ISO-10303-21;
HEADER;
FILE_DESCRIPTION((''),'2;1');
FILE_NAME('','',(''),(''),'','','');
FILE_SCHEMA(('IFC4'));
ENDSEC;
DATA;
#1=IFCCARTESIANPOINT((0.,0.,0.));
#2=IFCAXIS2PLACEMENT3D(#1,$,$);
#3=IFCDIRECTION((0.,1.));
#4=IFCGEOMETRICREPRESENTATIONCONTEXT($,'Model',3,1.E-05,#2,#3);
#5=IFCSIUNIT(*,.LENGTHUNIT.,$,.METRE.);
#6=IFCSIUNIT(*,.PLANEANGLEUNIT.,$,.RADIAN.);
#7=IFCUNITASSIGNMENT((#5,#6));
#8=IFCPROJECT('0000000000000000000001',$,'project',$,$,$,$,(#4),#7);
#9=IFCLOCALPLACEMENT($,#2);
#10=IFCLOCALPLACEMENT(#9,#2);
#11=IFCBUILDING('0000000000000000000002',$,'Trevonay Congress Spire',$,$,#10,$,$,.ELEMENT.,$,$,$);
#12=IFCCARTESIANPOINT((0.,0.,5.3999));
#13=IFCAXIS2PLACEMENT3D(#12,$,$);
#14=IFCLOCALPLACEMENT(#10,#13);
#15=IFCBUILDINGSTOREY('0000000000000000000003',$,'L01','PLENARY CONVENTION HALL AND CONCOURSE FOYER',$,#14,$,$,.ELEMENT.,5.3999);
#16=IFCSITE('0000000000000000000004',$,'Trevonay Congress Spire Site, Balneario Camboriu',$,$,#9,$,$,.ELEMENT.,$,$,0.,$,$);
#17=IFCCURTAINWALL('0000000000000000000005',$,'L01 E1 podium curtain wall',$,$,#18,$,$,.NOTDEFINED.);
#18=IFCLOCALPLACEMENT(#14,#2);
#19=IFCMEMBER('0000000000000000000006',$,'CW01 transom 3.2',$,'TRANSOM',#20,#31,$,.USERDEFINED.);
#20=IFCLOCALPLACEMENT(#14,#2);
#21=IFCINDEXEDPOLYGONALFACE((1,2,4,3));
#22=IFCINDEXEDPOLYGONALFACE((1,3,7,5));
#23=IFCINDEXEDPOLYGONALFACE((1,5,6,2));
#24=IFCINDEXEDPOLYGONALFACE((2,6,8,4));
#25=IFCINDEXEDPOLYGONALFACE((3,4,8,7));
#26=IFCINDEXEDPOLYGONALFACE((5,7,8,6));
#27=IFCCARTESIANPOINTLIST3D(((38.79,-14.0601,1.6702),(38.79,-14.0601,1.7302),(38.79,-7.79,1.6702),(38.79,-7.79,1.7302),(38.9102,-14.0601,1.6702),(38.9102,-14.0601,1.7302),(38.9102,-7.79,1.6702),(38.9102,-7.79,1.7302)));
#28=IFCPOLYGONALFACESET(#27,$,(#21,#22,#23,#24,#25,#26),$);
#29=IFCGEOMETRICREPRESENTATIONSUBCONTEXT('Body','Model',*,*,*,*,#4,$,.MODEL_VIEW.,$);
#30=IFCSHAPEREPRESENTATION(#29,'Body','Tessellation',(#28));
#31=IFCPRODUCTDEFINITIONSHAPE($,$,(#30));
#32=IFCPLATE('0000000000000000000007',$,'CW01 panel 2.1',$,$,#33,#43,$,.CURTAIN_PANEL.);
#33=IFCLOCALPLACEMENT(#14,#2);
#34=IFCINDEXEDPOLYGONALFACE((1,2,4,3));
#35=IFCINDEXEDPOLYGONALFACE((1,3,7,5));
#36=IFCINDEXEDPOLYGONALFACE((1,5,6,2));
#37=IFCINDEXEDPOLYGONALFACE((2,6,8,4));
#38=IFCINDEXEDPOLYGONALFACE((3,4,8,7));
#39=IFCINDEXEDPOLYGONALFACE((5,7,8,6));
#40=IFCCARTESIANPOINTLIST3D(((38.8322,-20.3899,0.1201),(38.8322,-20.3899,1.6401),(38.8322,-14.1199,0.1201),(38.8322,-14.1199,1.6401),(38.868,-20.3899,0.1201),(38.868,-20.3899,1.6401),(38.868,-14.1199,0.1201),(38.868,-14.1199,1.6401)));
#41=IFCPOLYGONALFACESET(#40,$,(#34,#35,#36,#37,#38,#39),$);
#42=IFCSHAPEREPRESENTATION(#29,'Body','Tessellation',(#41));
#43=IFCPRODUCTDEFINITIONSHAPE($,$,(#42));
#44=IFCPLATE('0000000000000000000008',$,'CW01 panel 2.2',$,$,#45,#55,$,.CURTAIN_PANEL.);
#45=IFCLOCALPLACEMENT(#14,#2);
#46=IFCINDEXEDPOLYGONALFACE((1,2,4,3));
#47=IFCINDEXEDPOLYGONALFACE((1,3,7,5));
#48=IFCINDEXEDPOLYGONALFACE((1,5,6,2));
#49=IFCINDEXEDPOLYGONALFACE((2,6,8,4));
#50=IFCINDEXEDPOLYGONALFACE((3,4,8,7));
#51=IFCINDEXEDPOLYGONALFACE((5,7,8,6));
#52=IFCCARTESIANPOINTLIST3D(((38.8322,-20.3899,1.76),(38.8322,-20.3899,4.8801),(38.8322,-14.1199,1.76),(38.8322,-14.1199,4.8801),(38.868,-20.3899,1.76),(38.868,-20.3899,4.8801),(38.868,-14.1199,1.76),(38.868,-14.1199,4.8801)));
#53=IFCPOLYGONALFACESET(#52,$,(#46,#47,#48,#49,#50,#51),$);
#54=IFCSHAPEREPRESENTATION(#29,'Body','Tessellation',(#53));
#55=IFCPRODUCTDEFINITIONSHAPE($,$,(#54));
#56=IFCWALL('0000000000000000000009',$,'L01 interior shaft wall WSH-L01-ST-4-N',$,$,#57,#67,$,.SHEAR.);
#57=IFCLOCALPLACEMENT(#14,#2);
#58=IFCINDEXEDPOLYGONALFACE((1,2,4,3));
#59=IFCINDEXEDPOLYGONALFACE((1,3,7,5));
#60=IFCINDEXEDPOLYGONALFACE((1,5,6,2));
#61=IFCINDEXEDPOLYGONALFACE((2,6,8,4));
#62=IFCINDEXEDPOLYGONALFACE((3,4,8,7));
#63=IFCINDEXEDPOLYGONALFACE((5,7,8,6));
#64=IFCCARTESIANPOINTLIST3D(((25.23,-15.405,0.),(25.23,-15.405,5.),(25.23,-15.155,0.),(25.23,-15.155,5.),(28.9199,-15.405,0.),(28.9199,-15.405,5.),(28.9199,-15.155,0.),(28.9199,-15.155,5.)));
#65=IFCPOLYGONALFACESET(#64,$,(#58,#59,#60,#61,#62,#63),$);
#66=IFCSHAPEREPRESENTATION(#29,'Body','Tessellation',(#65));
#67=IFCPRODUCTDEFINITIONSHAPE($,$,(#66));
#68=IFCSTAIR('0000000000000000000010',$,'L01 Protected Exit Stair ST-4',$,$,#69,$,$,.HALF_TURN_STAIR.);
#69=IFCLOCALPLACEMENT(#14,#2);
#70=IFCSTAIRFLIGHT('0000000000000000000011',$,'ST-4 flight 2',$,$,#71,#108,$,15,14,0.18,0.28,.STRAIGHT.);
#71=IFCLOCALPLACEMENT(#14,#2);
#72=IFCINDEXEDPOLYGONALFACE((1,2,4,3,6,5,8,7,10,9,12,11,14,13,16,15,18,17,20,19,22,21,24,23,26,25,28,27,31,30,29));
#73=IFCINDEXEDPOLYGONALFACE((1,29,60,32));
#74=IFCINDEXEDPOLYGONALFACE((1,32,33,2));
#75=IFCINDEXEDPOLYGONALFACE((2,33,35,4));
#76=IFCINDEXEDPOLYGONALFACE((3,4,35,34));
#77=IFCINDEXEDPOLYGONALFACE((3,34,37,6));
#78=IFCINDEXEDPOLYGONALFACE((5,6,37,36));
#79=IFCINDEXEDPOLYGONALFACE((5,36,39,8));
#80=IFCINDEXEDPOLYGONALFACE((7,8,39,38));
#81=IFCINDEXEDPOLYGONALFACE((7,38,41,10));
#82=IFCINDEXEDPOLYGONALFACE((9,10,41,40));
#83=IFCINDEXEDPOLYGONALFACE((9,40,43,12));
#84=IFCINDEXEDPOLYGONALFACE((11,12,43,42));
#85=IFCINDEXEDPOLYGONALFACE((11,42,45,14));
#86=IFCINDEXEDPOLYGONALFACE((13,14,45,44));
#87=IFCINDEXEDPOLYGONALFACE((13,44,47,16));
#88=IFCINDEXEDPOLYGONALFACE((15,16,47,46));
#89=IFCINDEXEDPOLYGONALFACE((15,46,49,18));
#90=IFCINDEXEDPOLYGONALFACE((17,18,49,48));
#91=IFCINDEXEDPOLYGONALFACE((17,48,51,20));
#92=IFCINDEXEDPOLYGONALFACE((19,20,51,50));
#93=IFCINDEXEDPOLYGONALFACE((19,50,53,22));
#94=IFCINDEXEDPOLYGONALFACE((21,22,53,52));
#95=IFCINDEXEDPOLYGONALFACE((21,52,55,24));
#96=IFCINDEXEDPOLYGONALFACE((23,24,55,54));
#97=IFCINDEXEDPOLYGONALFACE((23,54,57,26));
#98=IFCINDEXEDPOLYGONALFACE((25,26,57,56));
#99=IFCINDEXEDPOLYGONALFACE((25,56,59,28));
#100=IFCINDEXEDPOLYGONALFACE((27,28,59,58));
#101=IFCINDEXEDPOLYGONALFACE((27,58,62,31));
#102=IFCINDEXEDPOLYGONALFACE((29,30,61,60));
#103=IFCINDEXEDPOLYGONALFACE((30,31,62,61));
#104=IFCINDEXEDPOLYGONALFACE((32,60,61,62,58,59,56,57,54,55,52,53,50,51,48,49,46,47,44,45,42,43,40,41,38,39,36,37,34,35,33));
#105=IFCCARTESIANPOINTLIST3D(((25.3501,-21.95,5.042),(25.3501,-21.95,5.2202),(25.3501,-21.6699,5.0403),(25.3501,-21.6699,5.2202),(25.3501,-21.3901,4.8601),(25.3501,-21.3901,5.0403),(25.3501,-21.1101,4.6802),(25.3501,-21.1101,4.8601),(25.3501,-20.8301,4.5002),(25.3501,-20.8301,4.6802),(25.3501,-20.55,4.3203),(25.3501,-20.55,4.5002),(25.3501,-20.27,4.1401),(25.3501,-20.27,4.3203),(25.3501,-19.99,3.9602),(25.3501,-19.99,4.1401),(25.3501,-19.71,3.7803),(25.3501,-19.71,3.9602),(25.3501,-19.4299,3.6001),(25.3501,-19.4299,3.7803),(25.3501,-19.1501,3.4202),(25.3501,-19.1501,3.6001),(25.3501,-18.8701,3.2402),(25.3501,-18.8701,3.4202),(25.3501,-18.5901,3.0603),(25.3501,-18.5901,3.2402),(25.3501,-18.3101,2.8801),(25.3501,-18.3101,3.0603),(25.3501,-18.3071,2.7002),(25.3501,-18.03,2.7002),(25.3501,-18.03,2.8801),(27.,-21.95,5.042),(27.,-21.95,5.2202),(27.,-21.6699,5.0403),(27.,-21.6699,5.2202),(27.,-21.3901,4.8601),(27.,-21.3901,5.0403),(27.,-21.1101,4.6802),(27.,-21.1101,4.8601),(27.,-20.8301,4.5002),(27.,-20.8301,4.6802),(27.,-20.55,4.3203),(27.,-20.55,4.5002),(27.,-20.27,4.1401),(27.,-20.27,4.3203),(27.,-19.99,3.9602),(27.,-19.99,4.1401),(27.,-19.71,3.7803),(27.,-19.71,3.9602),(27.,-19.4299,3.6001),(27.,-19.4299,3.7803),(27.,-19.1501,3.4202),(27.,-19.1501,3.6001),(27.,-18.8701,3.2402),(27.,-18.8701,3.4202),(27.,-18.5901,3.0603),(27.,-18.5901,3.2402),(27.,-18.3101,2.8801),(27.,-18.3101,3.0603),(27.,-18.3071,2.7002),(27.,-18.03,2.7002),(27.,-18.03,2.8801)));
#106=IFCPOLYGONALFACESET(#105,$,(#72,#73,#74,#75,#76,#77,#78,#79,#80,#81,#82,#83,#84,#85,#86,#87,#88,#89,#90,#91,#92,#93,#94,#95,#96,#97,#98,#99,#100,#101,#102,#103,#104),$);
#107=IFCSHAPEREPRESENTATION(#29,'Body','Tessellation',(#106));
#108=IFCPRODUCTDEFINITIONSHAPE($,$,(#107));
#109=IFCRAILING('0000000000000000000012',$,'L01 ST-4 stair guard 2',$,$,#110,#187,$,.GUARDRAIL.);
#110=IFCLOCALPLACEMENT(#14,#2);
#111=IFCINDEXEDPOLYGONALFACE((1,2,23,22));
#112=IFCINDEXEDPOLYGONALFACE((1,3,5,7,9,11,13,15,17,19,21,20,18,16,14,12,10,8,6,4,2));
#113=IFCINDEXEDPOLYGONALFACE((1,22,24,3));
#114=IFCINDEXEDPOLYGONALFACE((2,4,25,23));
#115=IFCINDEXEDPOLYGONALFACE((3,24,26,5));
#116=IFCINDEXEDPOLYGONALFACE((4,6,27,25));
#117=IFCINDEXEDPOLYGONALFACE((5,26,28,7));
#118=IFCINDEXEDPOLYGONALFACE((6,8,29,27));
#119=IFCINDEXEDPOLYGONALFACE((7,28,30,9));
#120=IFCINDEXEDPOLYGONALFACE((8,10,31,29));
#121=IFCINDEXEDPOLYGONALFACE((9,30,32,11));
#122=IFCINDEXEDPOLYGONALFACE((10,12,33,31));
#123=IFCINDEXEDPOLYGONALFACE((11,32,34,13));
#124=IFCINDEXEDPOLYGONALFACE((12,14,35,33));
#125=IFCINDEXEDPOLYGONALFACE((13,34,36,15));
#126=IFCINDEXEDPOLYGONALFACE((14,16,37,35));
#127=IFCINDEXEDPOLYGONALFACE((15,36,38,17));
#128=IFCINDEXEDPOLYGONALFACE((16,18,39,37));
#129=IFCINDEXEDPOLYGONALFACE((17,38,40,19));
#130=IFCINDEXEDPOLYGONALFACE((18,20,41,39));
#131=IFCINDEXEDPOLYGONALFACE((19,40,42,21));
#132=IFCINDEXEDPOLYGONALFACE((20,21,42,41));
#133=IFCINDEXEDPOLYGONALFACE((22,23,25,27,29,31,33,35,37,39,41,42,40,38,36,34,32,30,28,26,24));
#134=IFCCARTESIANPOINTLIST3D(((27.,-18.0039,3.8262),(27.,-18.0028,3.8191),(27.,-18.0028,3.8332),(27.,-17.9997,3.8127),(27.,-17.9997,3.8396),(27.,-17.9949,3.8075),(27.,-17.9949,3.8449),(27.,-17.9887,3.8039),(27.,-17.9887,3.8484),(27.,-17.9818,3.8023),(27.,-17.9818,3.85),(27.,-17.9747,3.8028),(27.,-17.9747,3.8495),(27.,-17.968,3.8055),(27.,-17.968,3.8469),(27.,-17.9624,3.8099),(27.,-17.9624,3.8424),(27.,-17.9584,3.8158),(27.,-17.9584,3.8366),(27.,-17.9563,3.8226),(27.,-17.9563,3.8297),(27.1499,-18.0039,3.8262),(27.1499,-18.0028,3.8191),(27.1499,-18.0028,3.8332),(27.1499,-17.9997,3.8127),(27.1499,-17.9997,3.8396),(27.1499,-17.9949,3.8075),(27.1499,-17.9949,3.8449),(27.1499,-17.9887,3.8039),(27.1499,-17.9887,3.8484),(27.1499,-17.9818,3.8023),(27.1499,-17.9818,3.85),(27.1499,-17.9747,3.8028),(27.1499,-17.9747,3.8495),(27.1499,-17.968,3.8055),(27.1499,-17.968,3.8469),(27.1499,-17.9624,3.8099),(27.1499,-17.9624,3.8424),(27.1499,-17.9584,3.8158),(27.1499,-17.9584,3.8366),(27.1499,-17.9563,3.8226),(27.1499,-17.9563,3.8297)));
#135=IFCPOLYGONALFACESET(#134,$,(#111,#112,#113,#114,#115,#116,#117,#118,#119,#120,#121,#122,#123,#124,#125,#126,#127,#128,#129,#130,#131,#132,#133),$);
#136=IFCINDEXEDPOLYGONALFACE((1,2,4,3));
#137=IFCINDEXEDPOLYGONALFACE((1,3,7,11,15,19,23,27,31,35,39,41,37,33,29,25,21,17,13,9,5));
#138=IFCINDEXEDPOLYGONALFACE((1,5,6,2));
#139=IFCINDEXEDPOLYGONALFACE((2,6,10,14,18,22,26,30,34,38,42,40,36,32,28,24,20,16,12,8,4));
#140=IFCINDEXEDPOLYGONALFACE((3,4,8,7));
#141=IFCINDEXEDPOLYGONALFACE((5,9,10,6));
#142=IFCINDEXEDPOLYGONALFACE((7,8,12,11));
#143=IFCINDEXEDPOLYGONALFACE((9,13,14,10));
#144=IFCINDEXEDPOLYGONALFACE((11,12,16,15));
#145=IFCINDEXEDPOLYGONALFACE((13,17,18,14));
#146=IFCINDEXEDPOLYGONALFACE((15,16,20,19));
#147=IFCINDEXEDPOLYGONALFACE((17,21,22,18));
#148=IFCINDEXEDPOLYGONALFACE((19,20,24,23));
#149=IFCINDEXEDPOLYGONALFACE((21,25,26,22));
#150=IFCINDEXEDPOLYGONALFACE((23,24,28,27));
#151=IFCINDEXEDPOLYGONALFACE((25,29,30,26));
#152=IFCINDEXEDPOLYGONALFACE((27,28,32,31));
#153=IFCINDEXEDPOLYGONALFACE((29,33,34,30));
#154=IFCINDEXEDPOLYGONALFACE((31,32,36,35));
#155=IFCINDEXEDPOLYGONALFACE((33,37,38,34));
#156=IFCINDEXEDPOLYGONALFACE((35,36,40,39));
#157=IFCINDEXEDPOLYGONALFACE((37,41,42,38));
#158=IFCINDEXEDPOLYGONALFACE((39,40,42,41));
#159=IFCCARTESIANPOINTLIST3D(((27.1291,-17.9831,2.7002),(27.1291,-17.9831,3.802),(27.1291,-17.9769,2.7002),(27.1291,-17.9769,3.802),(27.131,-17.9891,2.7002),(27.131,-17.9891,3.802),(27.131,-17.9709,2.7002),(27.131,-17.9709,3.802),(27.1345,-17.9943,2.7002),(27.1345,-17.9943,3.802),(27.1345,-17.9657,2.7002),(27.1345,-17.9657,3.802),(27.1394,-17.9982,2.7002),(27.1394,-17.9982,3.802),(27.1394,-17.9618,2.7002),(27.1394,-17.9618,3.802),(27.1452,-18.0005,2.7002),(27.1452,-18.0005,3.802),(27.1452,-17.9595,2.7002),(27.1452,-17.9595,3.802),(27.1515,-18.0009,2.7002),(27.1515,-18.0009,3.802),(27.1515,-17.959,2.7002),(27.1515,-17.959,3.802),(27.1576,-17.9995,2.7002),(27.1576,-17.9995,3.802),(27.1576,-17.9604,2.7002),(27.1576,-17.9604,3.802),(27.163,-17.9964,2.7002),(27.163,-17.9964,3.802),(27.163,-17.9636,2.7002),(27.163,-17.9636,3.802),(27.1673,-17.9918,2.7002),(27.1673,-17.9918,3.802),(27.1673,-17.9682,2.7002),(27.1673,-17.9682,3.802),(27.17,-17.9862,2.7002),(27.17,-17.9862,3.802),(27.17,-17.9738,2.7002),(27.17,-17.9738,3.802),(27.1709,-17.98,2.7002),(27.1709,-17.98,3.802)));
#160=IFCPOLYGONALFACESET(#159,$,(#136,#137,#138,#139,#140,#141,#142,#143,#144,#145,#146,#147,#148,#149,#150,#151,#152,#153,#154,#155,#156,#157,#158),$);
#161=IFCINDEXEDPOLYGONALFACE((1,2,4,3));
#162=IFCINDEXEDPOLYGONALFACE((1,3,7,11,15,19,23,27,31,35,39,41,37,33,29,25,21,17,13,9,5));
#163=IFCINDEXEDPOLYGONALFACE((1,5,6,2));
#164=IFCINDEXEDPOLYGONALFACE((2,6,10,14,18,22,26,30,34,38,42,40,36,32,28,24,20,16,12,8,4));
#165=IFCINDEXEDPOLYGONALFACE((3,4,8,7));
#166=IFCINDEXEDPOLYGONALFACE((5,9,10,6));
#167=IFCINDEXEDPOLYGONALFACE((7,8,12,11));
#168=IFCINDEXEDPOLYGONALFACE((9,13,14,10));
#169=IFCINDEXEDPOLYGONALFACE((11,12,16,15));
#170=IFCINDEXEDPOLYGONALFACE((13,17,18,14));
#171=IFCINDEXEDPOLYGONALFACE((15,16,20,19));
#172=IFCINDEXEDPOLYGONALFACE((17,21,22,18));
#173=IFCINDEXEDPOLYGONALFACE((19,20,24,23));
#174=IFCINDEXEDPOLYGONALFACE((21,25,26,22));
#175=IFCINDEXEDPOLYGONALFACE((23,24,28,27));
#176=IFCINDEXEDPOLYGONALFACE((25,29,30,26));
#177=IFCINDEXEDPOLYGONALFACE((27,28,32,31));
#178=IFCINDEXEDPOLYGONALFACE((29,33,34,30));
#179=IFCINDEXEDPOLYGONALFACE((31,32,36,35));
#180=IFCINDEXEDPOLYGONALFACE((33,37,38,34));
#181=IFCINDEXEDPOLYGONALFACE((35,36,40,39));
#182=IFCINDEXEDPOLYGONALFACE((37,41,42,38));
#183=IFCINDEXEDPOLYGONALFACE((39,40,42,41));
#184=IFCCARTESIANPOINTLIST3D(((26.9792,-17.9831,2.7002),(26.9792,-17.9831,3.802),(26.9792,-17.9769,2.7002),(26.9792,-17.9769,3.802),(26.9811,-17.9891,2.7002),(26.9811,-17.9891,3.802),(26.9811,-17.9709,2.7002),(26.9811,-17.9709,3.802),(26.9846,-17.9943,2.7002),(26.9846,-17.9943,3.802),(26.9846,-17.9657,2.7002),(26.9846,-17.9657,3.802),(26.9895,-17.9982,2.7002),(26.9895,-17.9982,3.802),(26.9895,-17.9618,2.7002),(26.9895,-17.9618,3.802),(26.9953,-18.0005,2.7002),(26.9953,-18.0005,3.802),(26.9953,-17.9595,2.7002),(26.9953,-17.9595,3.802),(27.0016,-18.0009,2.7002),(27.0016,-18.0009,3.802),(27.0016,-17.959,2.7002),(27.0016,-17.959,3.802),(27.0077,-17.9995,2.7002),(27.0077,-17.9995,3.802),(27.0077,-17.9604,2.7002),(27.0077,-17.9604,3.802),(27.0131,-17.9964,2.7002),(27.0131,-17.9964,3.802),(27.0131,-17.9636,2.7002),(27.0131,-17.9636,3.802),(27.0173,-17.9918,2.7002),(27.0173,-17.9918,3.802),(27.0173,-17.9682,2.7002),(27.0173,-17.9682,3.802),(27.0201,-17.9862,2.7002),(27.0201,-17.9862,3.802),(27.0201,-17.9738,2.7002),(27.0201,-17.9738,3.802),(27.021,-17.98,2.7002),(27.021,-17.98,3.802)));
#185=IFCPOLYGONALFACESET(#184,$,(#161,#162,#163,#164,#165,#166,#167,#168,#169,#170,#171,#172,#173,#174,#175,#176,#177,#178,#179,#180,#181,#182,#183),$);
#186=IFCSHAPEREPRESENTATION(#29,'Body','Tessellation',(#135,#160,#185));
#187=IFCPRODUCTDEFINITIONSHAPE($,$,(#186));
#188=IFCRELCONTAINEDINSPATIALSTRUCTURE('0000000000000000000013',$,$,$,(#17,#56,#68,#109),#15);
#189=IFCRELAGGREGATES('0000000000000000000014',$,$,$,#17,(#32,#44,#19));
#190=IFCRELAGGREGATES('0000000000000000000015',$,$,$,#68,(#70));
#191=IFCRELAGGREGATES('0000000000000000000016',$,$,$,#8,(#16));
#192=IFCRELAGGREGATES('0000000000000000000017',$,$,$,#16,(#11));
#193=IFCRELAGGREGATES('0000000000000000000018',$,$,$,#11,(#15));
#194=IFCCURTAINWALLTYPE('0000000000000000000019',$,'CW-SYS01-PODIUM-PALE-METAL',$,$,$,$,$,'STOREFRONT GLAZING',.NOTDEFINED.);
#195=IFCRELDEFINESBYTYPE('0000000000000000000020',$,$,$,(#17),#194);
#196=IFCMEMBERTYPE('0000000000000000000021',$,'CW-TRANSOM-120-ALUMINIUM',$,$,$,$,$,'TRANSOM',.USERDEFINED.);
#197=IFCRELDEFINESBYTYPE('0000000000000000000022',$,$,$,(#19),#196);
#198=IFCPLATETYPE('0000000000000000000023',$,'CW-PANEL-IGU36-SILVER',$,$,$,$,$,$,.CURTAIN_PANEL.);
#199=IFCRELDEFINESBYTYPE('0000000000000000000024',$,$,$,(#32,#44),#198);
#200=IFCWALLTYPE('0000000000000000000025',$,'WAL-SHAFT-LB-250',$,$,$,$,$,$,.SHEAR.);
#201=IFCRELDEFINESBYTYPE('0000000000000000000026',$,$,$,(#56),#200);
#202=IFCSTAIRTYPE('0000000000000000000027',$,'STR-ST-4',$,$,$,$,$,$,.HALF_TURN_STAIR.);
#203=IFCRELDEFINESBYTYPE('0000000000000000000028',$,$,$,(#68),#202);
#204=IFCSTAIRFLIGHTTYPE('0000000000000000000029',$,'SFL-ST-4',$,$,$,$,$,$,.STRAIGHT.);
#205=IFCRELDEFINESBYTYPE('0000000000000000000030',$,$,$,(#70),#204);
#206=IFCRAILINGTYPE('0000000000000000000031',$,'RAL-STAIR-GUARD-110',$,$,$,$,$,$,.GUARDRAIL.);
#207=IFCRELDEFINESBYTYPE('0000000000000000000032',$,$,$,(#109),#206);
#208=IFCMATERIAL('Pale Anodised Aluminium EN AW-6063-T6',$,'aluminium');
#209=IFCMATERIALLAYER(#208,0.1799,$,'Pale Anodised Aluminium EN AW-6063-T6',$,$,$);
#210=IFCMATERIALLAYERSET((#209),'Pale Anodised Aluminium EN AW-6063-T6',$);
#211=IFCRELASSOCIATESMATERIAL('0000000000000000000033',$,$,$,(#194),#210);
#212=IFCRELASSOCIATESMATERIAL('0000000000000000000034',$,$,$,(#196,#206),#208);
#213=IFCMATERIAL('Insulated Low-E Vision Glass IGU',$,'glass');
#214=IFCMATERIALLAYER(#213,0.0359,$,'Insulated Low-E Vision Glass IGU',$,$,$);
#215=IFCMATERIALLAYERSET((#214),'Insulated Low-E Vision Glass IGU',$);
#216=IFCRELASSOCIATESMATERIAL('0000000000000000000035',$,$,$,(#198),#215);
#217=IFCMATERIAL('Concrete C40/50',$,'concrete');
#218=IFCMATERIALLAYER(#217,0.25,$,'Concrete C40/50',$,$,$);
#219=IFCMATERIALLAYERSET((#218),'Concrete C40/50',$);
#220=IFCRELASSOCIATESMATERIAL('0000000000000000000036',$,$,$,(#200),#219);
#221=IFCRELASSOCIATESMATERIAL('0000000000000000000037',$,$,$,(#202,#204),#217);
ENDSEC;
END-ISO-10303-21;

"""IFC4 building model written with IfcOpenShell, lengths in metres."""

from ifc_helpers import new_model, si_unit, direction, frame, frame_2d, origin, origin_2d, place, context, subcontext, project, spatial, polyline, rectangle, circle, outline, extrude, material, layer, layer_set, material_profile, profile_set, type_object, element, aggregate, save


model = new_model("IFC4")

# Units and contexts
model_context = context("Model", 3, precision=1e-05, world=origin(), true_north=direction((0.0, 1.0)))
body_context = subcontext(model_context, "Body", "Model", "MODEL_VIEW")
ifc_project = project(units=[si_unit("LENGTHUNIT", "METRE"), si_unit("PLANEANGLEUNIT", "RADIAN")], contexts=[model_context])

# Site, building, storey
site_placement = place(None, origin())
site = spatial("IfcSite", under=ifc_project, at=site_placement, Name="Trevonay Congress Spire Site, Balneario Camboriu", CompositionType="ELEMENT", RefElevation=0.0)
building_placement = place(site_placement, origin())
building = spatial("IfcBuilding", under=site, at=building_placement, Name="Trevonay Congress Spire", CompositionType="ELEMENT")
storey_placement = place(building_placement, frame((0.0, 0.0, 5.3999)))
storey = spatial("IfcBuildingStorey", under=building, at=storey_placement, Name="L01", Description="PLENARY CONVENTION HALL AND CONCOURSE FOYER", CompositionType="ELEMENT", Elevation=5.3999)

# Curtain wall, member, plates
ifc_material_1 = material(Name="Pale Anodised Aluminium EN AW-6063-T6", Category="aluminium")
ifc_layer_1 = layer(ifc_material_1, 0.1799, Name="Pale Anodised Aluminium EN AW-6063-T6")
ifc_layer_set_1 = layer_set([ifc_layer_1], Name="Pale Anodised Aluminium EN AW-6063-T6")
curtain_wall_type = type_object("IfcCurtainWallType", Name="CW-SYS01-PODIUM-PALE-METAL", ElementType="STOREFRONT GLAZING", PredefinedType="NOTDEFINED", material=ifc_layer_set_1)
curtain_wall_placement = place(storey_placement, origin())
curtain_wall = element("IfcCurtainWall", 1, at=curtain_wall_placement, inside=storey, type_object=curtain_wall_type, Name="L01 E1 podium curtain wall", PredefinedType="NOTDEFINED")
ifc_material_profile_1 = material_profile(ifc_material_1, rectangle(XDim=0.1201, YDim=0.0601, at=origin_2d()), Name="CW-TRANSOM-120-ALUMINIUM")
ifc_profile_set_1 = profile_set([ifc_material_profile_1], Name="Pale Anodised Aluminium EN AW-6063-T6")
member_type_1 = type_object("IfcMemberType", Name="CW-TRANSOM-120-ALUMINIUM", ElementType="TRANSOM", PredefinedType="USERDEFINED", material=ifc_profile_set_1)
member_1_placement = place(storey_placement, frame((38.8501, -14.0601, 1.7002), z_axis=(0.0, 1.0, 0.0), x_axis=(-1.0, 0.0, 0.0)))
member_1 = element("IfcMember", 2, at=member_1_placement, type_object=member_type_1, Name="CW01 transom 3.2", ObjectType="TRANSOM", PredefinedType="USERDEFINED", context=body_context, shape_type="SweptSolid", body=[
    extrude(rectangle(XDim=0.1201, YDim=0.0601, at=origin_2d()), origin(), (0.0, 0.0, 1.0), 6.27),
])
ifc_material_2 = material(Name="Insulated Low-E Vision Glass IGU", Category="glass")
ifc_layer_2 = layer(ifc_material_2, 0.0359, Name="Insulated Low-E Vision Glass IGU")
ifc_layer_set_2 = layer_set([ifc_layer_2], Name="Insulated Low-E Vision Glass IGU")
plate_type = type_object("IfcPlateType", Name="CW-PANEL-IGU36-SILVER", PredefinedType="CURTAIN_PANEL", material=ifc_layer_set_2)
plate_1_placement = place(storey_placement, frame((38.8501, -17.2549, 0.1201), z_axis=(0.0, 0.0, 1.0), x_axis=(0.0, 1.0, 0.0)))
plate_1 = element("IfcPlate", 3, at=plate_1_placement, type_object=plate_type, Name="CW01 panel 2.1", PredefinedType="CURTAIN_PANEL", context=body_context, shape_type="SweptSolid", body=[
    extrude(rectangle(XDim=6.27, YDim=0.0359, at=origin_2d()), origin(), (0.0, 0.0, 1.0), 1.52),
])
plate_2_placement = place(storey_placement, frame((38.8501, -17.2549, 1.76), z_axis=(0.0, 0.0, 1.0), x_axis=(0.0, 1.0, 0.0)))
plate_2 = element("IfcPlate", 4, at=plate_2_placement, type_object=plate_type, Name="CW01 panel 2.2", PredefinedType="CURTAIN_PANEL", context=body_context, shape_type="SweptSolid", body=[
    extrude(rectangle(XDim=6.27, YDim=0.0359, at=origin_2d()), origin(), (0.0, 0.0, 1.0), 3.1201),
])
aggregate(curtain_wall, [plate_1, plate_2, member_1])

# Wall
ifc_material_3 = material(Name="Concrete C40/50", Category="concrete")
ifc_layer_3 = layer(ifc_material_3, 0.25, Name="Concrete C40/50")
ifc_layer_set_3 = layer_set([ifc_layer_3], Name="Concrete C40/50")
wall_type = type_object("IfcWallType", Name="WAL-SHAFT-LB-250", PredefinedType="SHEAR", material=ifc_layer_set_3)
wall_placement = place(storey_placement, frame((25.23, -15.28, 0.0), z_axis=(0.0, 0.0, 1.0), x_axis=(1.0, 0.0, 0.0)))
element("IfcWall", 5, at=wall_placement, inside=storey, type_object=wall_type, Name="L01 interior shaft wall WSH-L01-ST-4-N", PredefinedType="SHEAR", context=body_context, shape_type="SweptSolid", body=[
    extrude(rectangle(XDim=3.6899, YDim=0.25, at=frame_2d((1.845, 0.0))), origin(), (0.0, 0.0, 1.0), 5.0),
])

# Stair, stair flight
stair_type = type_object("IfcStairType", Name="STR-ST-4", PredefinedType="HALF_TURN_STAIR", material=ifc_material_3)
stair_placement = place(storey_placement, origin())
stair = element("IfcStair", 6, at=stair_placement, inside=storey, type_object=stair_type, Name="L01 Protected Exit Stair ST-4", PredefinedType="HALF_TURN_STAIR")
stair_flight_type = type_object("IfcStairFlightType", Name="SFL-ST-4", PredefinedType="STRAIGHT", material=ifc_material_3)
stair_flight_placement = place(storey_placement, frame((26.175, -18.03, 2.7002), z_axis=(0.0, 0.0, 1.0), x_axis=(0.0, -1.0, 0.0)))
stair_flight = element("IfcStairFlight", 7, at=stair_flight_placement, type_object=stair_flight_type, Name="ST-4 flight 2", NumberOfRisers=15, NumberOfTreads=14, PredefinedType="STRAIGHT", RiserHeight=0.18, TreadLength=0.28, context=body_context, shape_type="SweptSolid", body=[
    extrude(outline(polyline([(0.0, 0.0), (0.0, 0.1799), (0.28, 0.1799), (0.28, 0.3601), (0.5601, 0.3601), (0.5601, 0.54), (0.8401, 0.54), (0.8401, 0.72), (1.1201, 0.72), (1.1201, 0.8999), (1.3999, 0.8999), (1.3999, 1.0801), (1.6799, 1.0801), (1.6799, 1.26), (1.96, 1.26), (1.96, 1.4399), (2.24, 1.4399), (2.24, 1.6201), (2.52, 1.6201), (2.52, 1.8), (2.8, 1.8), (2.8, 1.98), (3.0801, 1.98), (3.0801, 2.1599), (3.3601, 2.1599), (3.3601, 2.3401), (3.6399, 2.3401), (3.6399, 2.52), (3.9199, 2.52), (3.9199, 2.7), (3.9199, 2.3418), (0.2771, 0.0), (0.0, 0.0)])), frame((0.0, 0.825, 0.0), z_axis=(0.0, -1.0, 0.0), x_axis=(1.0, 0.0, 0.0)), (0.0, 0.0, 1.0), 1.6499),
])
aggregate(stair, [stair_flight])

# Railing
railing_type_1 = type_object("IfcRailingType", Name="RAL-STAIR-GUARD-110", PredefinedType="GUARDRAIL", material=ifc_material_1)
railing_1_placement = place(storey_placement, frame((27.1499, -17.98, 2.7002)))
element("IfcRailing", 8, at=railing_1_placement, inside=storey, type_object=railing_type_1, Name="L01 ST-4 stair guard 2", PredefinedType="GUARDRAIL", context=body_context, shape_type="SweptSolid", body=[
    extrude(circle(Radius=0.0239, at=origin_2d()), frame((0.0, 0.0, 1.126), z_axis=(-1.0, 0.0, 0.0), x_axis=(0.0, -1.0, 0.0)), (0.0, 0.0, 1.0), 0.1499),
    extrude(circle(Radius=0.021, at=origin_2d()), origin(), (0.0, 0.0, 1.0), 1.1018),
    extrude(circle(Radius=0.021, at=origin_2d()), frame((-0.1499, 0.0, 0.0)), (0.0, 0.0, 1.0), 1.1018),
])

save(model, "model.ifc")
